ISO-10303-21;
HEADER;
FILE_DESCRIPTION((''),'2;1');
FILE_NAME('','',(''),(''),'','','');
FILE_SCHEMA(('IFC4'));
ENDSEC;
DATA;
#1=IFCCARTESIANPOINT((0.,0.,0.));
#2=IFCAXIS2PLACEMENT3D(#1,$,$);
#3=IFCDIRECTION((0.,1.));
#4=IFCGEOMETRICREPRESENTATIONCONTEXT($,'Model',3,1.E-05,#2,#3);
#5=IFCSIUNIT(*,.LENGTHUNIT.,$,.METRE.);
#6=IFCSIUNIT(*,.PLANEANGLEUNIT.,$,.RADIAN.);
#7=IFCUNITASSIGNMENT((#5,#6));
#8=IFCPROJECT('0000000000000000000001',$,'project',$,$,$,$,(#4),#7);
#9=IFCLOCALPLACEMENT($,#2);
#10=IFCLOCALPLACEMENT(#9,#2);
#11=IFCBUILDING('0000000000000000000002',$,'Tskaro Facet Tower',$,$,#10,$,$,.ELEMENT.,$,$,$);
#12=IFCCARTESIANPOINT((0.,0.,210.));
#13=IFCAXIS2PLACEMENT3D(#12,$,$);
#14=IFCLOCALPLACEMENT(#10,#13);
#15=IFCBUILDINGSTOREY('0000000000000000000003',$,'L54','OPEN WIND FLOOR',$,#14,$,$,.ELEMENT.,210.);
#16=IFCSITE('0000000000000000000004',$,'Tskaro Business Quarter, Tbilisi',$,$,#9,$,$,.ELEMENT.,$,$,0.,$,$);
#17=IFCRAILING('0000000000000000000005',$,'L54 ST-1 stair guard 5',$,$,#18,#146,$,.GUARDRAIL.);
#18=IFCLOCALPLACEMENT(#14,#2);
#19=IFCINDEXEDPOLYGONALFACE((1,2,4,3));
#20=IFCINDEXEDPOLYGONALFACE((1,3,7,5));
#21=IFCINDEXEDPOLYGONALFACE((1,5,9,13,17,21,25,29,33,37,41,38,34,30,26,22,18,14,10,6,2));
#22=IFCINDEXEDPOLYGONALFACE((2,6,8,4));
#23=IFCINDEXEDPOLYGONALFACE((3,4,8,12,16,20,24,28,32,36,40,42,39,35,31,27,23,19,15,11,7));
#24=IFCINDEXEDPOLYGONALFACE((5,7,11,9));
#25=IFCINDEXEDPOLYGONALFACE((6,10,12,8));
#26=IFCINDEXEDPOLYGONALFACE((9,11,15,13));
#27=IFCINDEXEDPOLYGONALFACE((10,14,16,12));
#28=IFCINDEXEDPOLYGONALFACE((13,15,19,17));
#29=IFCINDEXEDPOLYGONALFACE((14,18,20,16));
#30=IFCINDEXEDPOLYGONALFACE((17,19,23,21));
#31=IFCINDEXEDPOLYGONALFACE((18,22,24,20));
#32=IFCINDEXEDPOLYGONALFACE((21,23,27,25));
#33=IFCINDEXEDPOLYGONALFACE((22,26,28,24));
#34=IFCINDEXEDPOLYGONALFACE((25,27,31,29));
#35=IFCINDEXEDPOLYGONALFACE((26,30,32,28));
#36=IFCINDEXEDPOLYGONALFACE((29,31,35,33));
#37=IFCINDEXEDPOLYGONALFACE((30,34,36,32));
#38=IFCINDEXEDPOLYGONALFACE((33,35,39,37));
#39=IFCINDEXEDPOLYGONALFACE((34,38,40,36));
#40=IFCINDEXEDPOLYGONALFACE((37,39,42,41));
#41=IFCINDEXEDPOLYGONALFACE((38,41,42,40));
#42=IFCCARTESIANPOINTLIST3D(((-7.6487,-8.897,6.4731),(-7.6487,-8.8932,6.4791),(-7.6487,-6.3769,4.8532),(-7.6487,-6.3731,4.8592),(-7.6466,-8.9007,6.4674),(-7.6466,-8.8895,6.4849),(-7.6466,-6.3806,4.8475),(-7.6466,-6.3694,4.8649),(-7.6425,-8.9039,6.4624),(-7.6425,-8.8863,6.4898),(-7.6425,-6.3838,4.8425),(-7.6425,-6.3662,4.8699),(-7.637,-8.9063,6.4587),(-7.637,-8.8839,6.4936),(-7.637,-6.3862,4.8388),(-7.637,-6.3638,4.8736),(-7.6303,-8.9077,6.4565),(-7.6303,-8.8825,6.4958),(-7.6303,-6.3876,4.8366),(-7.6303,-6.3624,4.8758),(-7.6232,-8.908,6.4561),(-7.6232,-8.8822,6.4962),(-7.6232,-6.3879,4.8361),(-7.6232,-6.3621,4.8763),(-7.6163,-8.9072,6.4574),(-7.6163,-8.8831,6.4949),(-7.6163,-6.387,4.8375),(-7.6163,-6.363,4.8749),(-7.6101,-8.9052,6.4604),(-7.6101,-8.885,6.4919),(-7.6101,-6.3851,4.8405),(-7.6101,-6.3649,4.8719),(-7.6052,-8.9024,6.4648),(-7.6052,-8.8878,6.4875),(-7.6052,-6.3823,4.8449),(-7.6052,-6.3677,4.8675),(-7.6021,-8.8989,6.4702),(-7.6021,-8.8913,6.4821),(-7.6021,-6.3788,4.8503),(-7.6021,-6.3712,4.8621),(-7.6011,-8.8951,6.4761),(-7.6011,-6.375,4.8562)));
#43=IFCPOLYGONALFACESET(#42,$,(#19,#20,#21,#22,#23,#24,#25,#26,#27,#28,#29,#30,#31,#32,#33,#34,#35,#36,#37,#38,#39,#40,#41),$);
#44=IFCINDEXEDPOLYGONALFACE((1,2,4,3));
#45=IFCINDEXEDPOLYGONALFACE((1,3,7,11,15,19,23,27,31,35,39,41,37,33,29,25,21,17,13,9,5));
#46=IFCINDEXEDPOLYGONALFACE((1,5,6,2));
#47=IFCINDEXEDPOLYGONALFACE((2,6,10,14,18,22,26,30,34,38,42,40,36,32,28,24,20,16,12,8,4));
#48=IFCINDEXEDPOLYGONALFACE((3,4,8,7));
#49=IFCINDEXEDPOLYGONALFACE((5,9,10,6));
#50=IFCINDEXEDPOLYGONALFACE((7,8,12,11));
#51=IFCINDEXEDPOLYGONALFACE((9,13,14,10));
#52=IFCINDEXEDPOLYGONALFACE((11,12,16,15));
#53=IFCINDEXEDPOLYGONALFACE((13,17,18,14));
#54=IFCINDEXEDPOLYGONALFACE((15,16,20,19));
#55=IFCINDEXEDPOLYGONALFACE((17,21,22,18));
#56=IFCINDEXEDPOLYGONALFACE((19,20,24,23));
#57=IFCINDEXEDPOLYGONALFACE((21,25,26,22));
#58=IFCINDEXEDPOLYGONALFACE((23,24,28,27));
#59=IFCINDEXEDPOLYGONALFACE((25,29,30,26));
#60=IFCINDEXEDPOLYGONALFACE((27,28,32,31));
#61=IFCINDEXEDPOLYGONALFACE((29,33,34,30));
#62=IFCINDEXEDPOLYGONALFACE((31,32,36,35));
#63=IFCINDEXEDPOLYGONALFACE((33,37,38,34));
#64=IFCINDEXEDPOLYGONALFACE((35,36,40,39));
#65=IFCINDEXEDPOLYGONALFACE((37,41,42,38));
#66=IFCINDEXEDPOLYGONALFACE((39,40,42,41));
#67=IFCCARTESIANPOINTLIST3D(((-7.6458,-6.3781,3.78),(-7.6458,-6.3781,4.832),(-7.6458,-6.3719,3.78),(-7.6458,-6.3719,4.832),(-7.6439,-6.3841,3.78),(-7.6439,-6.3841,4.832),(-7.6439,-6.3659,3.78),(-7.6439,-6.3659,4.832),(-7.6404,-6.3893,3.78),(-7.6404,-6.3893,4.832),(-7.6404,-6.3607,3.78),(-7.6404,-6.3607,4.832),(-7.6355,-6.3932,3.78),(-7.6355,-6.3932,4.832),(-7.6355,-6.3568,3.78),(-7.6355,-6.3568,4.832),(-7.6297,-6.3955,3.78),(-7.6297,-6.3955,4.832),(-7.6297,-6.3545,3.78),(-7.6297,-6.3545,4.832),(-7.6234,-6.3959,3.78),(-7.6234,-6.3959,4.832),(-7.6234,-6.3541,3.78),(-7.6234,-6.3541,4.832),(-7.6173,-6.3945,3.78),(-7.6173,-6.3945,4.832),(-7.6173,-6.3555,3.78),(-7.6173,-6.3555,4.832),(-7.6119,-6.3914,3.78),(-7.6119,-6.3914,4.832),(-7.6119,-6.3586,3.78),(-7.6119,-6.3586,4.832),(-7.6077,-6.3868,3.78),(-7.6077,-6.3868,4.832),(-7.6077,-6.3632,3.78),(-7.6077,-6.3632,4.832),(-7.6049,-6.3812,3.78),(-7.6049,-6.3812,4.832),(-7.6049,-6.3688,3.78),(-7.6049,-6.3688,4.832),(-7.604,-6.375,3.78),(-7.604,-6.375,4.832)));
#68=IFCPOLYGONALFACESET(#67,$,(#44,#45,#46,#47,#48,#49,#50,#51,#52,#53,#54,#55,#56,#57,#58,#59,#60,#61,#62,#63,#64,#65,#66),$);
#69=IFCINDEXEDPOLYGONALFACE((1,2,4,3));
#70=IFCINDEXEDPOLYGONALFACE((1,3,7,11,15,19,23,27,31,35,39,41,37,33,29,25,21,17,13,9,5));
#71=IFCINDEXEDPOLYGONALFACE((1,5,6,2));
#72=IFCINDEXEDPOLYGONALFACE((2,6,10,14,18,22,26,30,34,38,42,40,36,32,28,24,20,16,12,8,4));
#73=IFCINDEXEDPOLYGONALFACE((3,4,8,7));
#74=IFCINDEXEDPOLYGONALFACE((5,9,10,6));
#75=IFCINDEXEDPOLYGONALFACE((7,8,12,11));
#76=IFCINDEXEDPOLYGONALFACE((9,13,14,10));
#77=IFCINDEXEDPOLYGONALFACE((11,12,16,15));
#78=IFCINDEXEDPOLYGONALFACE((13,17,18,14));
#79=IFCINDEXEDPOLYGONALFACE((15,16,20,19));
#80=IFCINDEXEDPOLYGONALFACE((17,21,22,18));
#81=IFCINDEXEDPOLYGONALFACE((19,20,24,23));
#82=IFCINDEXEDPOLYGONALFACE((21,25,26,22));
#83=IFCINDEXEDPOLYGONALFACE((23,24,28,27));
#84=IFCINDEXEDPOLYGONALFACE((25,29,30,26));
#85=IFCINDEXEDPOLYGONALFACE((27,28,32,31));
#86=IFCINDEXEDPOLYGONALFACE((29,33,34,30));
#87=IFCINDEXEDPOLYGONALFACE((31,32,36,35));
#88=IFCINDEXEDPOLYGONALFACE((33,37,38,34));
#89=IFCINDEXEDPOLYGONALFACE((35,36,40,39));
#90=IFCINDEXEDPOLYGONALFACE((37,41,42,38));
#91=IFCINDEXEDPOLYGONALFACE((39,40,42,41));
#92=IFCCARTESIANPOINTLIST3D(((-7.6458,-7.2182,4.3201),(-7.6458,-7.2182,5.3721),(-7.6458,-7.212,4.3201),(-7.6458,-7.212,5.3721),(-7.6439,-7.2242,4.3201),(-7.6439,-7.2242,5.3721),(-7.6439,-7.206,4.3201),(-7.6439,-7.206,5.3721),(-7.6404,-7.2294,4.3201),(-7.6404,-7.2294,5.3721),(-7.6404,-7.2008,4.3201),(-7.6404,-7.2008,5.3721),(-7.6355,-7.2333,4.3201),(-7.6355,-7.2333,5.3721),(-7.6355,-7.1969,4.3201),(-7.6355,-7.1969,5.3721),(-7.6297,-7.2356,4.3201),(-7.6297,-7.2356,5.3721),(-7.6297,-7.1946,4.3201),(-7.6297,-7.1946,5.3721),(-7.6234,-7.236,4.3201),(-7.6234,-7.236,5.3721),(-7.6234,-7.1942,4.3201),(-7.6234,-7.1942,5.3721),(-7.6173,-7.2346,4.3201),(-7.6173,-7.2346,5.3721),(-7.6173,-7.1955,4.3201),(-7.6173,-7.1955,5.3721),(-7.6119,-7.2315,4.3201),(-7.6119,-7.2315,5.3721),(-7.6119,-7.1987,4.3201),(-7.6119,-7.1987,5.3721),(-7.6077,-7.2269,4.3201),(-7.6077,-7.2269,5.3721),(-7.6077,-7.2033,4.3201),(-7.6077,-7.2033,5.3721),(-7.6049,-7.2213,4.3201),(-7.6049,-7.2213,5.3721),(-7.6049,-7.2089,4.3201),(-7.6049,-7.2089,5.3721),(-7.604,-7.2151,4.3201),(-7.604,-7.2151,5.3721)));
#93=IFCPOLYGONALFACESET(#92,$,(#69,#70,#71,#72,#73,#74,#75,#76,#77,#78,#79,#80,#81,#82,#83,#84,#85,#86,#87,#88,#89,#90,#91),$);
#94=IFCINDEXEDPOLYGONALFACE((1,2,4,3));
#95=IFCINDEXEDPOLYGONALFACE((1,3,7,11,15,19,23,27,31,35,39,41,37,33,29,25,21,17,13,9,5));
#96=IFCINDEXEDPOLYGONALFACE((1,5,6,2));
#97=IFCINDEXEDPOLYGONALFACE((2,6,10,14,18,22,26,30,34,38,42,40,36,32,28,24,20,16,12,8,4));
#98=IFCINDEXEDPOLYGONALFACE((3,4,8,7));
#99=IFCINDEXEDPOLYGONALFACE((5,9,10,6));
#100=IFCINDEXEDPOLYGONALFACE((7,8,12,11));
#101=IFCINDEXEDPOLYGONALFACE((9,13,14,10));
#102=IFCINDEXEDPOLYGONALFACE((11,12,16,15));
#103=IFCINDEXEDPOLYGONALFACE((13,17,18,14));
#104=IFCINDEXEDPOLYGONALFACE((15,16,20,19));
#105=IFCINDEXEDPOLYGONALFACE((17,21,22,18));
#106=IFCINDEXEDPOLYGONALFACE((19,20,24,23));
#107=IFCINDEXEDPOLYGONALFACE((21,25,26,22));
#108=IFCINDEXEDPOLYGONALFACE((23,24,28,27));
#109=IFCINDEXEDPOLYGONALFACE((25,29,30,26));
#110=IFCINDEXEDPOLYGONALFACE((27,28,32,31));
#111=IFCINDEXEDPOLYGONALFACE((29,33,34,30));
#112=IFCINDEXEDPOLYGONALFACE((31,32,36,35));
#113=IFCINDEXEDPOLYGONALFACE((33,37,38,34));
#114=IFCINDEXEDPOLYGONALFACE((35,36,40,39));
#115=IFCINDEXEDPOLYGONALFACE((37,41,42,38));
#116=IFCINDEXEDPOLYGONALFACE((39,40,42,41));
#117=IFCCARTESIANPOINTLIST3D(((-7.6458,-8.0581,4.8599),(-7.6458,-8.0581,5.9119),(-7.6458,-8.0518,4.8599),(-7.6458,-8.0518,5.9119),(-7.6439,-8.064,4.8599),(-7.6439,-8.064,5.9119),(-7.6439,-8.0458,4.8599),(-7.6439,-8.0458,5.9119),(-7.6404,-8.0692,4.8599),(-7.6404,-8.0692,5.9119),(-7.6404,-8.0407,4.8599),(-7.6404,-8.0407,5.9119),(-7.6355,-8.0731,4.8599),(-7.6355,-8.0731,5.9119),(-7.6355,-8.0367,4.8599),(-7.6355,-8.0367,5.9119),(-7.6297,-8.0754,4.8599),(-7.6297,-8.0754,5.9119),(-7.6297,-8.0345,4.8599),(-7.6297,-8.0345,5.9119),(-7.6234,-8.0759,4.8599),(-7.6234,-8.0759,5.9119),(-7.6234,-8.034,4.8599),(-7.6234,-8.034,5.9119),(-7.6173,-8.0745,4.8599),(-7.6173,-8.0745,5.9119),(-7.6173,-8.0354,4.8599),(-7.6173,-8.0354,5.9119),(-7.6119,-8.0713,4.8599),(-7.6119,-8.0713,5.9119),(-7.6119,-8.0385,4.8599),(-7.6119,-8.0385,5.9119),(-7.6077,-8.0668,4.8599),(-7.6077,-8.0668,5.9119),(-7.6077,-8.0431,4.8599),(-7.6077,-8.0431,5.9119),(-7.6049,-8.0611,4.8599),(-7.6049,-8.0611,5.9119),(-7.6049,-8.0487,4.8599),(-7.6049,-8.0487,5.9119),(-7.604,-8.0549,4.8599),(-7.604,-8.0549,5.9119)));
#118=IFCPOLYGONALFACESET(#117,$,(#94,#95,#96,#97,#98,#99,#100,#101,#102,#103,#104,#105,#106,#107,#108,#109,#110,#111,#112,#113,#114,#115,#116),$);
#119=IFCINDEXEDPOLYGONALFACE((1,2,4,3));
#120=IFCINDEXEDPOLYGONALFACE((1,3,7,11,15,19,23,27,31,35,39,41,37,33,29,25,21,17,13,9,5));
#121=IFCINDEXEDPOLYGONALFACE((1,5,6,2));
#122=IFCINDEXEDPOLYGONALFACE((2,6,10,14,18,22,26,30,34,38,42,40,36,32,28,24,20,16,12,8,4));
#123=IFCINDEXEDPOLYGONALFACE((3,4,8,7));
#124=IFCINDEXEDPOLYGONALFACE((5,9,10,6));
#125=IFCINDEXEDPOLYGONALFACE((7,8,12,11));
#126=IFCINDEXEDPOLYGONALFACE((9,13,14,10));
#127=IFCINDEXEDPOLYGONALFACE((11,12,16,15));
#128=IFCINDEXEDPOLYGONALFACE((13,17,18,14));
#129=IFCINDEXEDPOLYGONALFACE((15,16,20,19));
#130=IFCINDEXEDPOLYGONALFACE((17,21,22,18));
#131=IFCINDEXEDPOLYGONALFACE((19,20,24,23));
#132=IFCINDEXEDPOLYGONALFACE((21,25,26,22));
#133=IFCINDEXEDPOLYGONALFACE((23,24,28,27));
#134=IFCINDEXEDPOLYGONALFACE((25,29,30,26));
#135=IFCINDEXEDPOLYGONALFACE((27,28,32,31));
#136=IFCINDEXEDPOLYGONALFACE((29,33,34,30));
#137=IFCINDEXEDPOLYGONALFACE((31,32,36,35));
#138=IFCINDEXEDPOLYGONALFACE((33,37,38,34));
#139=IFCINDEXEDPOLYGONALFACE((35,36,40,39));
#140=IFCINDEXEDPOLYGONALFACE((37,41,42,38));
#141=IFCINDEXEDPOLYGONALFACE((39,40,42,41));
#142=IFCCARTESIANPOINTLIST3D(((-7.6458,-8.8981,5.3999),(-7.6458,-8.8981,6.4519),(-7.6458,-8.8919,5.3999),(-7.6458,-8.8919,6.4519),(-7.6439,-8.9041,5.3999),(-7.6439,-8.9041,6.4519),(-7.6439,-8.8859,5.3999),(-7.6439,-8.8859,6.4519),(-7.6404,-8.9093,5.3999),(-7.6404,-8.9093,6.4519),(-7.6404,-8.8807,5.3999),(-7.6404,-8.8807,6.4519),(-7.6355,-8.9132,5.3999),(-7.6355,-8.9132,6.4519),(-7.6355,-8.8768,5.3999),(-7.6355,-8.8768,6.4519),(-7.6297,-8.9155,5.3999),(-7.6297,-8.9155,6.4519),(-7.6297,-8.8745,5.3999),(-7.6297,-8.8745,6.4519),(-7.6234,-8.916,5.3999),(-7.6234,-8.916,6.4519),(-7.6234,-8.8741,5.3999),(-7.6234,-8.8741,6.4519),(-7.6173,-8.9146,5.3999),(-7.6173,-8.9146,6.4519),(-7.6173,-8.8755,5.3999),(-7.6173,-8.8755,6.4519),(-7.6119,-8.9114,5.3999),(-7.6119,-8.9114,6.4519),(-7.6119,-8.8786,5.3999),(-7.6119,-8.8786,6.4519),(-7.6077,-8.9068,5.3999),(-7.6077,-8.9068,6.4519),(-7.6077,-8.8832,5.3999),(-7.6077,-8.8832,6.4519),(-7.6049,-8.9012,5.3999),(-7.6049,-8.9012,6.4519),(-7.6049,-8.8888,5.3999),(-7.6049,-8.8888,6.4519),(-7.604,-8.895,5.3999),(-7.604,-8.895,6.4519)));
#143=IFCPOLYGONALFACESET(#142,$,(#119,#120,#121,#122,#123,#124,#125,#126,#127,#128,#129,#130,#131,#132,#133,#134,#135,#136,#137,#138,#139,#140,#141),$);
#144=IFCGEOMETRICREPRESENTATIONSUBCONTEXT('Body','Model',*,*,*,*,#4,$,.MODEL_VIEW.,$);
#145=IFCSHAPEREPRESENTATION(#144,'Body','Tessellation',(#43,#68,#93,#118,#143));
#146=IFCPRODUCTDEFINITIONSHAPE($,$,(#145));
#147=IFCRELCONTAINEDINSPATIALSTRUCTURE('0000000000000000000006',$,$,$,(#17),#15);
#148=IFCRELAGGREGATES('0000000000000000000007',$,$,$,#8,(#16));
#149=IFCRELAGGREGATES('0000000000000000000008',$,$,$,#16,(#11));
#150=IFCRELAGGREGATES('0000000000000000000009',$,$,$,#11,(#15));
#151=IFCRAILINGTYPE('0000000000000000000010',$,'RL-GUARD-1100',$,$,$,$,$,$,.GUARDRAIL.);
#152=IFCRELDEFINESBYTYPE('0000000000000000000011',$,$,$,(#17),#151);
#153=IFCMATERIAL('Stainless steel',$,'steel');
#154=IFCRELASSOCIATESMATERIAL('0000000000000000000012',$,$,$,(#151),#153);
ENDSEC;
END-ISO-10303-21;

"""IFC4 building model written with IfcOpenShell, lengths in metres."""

from ifc_helpers import new_model, si_unit, direction, frame, origin, origin_2d, place, context, subcontext, project, spatial, circle, extrude, material, type_object, element, save


model = new_model("IFC4")

# Units and contexts
model_context = context("Model", 3, precision=1e-05, world=origin(), true_north=direction((0.0, 1.0)))
body_context = subcontext(model_context, "Body", "Model", "MODEL_VIEW")
ifc_project = project(units=[si_unit("LENGTHUNIT", "METRE"), si_unit("PLANEANGLEUNIT", "RADIAN")], contexts=[model_context])

# Site, building, storey
site_placement = place(None, origin())
site = spatial("IfcSite", under=ifc_project, at=site_placement, Name="Tskaro Business Quarter, Tbilisi", CompositionType="ELEMENT", RefElevation=0.0)
building_placement = place(site_placement, origin())
building = spatial("IfcBuilding", under=site, at=building_placement, Name="Tskaro Facet Tower", CompositionType="ELEMENT")
storey_placement = place(building_placement, frame((0.0, 0.0, 210.0)))
storey = spatial("IfcBuildingStorey", under=building, at=storey_placement, Name="L54", Description="OPEN WIND FLOOR", CompositionType="ELEMENT", Elevation=210.0)

# Shared definitions
ifc_material_1 = material(Name="Stainless steel", Category="steel")

# Railing
railing_type_1 = type_object("IfcRailingType", Name="RL-GUARD-1100", PredefinedType="GUARDRAIL", material=ifc_material_1)
railing_1_placement = place(storey_placement, frame((-7.625, -6.375, 3.78)))
element("IfcRailing", 1, at=railing_1_placement, inside=storey, type_object=railing_type_1, Name="L54 ST-1 stair guard 5", PredefinedType="GUARDRAIL", context=body_context, shape_type="SweptSolid", body=[
    extrude(circle(Radius=0.0239, at=origin_2d()), frame((0.0, 0.0, 1.0762), z_axis=(0.0, -0.8412, 0.540725), x_axis=(1.0, 0.0, 0.0)), (0.0, 0.0, 1.0), 2.9958),
    extrude(circle(Radius=0.021, at=origin_2d()), origin(), (0.0, 0.0, 1.0), 1.052),
    extrude(circle(Radius=0.021, at=origin_2d()), frame((0.0, -0.8401, 0.54)), (0.0, 0.0, 1.0), 1.052),
    extrude(circle(Radius=0.021, at=origin_2d()), frame((0.0, -1.6799, 1.0798)), (0.0, 0.0, 1.0), 1.052),
    extrude(circle(Radius=0.021, at=origin_2d()), frame((0.0, -2.52, 1.6199)), (0.0, 0.0, 1.0), 1.052),
])

save(model, "model.ifc")
